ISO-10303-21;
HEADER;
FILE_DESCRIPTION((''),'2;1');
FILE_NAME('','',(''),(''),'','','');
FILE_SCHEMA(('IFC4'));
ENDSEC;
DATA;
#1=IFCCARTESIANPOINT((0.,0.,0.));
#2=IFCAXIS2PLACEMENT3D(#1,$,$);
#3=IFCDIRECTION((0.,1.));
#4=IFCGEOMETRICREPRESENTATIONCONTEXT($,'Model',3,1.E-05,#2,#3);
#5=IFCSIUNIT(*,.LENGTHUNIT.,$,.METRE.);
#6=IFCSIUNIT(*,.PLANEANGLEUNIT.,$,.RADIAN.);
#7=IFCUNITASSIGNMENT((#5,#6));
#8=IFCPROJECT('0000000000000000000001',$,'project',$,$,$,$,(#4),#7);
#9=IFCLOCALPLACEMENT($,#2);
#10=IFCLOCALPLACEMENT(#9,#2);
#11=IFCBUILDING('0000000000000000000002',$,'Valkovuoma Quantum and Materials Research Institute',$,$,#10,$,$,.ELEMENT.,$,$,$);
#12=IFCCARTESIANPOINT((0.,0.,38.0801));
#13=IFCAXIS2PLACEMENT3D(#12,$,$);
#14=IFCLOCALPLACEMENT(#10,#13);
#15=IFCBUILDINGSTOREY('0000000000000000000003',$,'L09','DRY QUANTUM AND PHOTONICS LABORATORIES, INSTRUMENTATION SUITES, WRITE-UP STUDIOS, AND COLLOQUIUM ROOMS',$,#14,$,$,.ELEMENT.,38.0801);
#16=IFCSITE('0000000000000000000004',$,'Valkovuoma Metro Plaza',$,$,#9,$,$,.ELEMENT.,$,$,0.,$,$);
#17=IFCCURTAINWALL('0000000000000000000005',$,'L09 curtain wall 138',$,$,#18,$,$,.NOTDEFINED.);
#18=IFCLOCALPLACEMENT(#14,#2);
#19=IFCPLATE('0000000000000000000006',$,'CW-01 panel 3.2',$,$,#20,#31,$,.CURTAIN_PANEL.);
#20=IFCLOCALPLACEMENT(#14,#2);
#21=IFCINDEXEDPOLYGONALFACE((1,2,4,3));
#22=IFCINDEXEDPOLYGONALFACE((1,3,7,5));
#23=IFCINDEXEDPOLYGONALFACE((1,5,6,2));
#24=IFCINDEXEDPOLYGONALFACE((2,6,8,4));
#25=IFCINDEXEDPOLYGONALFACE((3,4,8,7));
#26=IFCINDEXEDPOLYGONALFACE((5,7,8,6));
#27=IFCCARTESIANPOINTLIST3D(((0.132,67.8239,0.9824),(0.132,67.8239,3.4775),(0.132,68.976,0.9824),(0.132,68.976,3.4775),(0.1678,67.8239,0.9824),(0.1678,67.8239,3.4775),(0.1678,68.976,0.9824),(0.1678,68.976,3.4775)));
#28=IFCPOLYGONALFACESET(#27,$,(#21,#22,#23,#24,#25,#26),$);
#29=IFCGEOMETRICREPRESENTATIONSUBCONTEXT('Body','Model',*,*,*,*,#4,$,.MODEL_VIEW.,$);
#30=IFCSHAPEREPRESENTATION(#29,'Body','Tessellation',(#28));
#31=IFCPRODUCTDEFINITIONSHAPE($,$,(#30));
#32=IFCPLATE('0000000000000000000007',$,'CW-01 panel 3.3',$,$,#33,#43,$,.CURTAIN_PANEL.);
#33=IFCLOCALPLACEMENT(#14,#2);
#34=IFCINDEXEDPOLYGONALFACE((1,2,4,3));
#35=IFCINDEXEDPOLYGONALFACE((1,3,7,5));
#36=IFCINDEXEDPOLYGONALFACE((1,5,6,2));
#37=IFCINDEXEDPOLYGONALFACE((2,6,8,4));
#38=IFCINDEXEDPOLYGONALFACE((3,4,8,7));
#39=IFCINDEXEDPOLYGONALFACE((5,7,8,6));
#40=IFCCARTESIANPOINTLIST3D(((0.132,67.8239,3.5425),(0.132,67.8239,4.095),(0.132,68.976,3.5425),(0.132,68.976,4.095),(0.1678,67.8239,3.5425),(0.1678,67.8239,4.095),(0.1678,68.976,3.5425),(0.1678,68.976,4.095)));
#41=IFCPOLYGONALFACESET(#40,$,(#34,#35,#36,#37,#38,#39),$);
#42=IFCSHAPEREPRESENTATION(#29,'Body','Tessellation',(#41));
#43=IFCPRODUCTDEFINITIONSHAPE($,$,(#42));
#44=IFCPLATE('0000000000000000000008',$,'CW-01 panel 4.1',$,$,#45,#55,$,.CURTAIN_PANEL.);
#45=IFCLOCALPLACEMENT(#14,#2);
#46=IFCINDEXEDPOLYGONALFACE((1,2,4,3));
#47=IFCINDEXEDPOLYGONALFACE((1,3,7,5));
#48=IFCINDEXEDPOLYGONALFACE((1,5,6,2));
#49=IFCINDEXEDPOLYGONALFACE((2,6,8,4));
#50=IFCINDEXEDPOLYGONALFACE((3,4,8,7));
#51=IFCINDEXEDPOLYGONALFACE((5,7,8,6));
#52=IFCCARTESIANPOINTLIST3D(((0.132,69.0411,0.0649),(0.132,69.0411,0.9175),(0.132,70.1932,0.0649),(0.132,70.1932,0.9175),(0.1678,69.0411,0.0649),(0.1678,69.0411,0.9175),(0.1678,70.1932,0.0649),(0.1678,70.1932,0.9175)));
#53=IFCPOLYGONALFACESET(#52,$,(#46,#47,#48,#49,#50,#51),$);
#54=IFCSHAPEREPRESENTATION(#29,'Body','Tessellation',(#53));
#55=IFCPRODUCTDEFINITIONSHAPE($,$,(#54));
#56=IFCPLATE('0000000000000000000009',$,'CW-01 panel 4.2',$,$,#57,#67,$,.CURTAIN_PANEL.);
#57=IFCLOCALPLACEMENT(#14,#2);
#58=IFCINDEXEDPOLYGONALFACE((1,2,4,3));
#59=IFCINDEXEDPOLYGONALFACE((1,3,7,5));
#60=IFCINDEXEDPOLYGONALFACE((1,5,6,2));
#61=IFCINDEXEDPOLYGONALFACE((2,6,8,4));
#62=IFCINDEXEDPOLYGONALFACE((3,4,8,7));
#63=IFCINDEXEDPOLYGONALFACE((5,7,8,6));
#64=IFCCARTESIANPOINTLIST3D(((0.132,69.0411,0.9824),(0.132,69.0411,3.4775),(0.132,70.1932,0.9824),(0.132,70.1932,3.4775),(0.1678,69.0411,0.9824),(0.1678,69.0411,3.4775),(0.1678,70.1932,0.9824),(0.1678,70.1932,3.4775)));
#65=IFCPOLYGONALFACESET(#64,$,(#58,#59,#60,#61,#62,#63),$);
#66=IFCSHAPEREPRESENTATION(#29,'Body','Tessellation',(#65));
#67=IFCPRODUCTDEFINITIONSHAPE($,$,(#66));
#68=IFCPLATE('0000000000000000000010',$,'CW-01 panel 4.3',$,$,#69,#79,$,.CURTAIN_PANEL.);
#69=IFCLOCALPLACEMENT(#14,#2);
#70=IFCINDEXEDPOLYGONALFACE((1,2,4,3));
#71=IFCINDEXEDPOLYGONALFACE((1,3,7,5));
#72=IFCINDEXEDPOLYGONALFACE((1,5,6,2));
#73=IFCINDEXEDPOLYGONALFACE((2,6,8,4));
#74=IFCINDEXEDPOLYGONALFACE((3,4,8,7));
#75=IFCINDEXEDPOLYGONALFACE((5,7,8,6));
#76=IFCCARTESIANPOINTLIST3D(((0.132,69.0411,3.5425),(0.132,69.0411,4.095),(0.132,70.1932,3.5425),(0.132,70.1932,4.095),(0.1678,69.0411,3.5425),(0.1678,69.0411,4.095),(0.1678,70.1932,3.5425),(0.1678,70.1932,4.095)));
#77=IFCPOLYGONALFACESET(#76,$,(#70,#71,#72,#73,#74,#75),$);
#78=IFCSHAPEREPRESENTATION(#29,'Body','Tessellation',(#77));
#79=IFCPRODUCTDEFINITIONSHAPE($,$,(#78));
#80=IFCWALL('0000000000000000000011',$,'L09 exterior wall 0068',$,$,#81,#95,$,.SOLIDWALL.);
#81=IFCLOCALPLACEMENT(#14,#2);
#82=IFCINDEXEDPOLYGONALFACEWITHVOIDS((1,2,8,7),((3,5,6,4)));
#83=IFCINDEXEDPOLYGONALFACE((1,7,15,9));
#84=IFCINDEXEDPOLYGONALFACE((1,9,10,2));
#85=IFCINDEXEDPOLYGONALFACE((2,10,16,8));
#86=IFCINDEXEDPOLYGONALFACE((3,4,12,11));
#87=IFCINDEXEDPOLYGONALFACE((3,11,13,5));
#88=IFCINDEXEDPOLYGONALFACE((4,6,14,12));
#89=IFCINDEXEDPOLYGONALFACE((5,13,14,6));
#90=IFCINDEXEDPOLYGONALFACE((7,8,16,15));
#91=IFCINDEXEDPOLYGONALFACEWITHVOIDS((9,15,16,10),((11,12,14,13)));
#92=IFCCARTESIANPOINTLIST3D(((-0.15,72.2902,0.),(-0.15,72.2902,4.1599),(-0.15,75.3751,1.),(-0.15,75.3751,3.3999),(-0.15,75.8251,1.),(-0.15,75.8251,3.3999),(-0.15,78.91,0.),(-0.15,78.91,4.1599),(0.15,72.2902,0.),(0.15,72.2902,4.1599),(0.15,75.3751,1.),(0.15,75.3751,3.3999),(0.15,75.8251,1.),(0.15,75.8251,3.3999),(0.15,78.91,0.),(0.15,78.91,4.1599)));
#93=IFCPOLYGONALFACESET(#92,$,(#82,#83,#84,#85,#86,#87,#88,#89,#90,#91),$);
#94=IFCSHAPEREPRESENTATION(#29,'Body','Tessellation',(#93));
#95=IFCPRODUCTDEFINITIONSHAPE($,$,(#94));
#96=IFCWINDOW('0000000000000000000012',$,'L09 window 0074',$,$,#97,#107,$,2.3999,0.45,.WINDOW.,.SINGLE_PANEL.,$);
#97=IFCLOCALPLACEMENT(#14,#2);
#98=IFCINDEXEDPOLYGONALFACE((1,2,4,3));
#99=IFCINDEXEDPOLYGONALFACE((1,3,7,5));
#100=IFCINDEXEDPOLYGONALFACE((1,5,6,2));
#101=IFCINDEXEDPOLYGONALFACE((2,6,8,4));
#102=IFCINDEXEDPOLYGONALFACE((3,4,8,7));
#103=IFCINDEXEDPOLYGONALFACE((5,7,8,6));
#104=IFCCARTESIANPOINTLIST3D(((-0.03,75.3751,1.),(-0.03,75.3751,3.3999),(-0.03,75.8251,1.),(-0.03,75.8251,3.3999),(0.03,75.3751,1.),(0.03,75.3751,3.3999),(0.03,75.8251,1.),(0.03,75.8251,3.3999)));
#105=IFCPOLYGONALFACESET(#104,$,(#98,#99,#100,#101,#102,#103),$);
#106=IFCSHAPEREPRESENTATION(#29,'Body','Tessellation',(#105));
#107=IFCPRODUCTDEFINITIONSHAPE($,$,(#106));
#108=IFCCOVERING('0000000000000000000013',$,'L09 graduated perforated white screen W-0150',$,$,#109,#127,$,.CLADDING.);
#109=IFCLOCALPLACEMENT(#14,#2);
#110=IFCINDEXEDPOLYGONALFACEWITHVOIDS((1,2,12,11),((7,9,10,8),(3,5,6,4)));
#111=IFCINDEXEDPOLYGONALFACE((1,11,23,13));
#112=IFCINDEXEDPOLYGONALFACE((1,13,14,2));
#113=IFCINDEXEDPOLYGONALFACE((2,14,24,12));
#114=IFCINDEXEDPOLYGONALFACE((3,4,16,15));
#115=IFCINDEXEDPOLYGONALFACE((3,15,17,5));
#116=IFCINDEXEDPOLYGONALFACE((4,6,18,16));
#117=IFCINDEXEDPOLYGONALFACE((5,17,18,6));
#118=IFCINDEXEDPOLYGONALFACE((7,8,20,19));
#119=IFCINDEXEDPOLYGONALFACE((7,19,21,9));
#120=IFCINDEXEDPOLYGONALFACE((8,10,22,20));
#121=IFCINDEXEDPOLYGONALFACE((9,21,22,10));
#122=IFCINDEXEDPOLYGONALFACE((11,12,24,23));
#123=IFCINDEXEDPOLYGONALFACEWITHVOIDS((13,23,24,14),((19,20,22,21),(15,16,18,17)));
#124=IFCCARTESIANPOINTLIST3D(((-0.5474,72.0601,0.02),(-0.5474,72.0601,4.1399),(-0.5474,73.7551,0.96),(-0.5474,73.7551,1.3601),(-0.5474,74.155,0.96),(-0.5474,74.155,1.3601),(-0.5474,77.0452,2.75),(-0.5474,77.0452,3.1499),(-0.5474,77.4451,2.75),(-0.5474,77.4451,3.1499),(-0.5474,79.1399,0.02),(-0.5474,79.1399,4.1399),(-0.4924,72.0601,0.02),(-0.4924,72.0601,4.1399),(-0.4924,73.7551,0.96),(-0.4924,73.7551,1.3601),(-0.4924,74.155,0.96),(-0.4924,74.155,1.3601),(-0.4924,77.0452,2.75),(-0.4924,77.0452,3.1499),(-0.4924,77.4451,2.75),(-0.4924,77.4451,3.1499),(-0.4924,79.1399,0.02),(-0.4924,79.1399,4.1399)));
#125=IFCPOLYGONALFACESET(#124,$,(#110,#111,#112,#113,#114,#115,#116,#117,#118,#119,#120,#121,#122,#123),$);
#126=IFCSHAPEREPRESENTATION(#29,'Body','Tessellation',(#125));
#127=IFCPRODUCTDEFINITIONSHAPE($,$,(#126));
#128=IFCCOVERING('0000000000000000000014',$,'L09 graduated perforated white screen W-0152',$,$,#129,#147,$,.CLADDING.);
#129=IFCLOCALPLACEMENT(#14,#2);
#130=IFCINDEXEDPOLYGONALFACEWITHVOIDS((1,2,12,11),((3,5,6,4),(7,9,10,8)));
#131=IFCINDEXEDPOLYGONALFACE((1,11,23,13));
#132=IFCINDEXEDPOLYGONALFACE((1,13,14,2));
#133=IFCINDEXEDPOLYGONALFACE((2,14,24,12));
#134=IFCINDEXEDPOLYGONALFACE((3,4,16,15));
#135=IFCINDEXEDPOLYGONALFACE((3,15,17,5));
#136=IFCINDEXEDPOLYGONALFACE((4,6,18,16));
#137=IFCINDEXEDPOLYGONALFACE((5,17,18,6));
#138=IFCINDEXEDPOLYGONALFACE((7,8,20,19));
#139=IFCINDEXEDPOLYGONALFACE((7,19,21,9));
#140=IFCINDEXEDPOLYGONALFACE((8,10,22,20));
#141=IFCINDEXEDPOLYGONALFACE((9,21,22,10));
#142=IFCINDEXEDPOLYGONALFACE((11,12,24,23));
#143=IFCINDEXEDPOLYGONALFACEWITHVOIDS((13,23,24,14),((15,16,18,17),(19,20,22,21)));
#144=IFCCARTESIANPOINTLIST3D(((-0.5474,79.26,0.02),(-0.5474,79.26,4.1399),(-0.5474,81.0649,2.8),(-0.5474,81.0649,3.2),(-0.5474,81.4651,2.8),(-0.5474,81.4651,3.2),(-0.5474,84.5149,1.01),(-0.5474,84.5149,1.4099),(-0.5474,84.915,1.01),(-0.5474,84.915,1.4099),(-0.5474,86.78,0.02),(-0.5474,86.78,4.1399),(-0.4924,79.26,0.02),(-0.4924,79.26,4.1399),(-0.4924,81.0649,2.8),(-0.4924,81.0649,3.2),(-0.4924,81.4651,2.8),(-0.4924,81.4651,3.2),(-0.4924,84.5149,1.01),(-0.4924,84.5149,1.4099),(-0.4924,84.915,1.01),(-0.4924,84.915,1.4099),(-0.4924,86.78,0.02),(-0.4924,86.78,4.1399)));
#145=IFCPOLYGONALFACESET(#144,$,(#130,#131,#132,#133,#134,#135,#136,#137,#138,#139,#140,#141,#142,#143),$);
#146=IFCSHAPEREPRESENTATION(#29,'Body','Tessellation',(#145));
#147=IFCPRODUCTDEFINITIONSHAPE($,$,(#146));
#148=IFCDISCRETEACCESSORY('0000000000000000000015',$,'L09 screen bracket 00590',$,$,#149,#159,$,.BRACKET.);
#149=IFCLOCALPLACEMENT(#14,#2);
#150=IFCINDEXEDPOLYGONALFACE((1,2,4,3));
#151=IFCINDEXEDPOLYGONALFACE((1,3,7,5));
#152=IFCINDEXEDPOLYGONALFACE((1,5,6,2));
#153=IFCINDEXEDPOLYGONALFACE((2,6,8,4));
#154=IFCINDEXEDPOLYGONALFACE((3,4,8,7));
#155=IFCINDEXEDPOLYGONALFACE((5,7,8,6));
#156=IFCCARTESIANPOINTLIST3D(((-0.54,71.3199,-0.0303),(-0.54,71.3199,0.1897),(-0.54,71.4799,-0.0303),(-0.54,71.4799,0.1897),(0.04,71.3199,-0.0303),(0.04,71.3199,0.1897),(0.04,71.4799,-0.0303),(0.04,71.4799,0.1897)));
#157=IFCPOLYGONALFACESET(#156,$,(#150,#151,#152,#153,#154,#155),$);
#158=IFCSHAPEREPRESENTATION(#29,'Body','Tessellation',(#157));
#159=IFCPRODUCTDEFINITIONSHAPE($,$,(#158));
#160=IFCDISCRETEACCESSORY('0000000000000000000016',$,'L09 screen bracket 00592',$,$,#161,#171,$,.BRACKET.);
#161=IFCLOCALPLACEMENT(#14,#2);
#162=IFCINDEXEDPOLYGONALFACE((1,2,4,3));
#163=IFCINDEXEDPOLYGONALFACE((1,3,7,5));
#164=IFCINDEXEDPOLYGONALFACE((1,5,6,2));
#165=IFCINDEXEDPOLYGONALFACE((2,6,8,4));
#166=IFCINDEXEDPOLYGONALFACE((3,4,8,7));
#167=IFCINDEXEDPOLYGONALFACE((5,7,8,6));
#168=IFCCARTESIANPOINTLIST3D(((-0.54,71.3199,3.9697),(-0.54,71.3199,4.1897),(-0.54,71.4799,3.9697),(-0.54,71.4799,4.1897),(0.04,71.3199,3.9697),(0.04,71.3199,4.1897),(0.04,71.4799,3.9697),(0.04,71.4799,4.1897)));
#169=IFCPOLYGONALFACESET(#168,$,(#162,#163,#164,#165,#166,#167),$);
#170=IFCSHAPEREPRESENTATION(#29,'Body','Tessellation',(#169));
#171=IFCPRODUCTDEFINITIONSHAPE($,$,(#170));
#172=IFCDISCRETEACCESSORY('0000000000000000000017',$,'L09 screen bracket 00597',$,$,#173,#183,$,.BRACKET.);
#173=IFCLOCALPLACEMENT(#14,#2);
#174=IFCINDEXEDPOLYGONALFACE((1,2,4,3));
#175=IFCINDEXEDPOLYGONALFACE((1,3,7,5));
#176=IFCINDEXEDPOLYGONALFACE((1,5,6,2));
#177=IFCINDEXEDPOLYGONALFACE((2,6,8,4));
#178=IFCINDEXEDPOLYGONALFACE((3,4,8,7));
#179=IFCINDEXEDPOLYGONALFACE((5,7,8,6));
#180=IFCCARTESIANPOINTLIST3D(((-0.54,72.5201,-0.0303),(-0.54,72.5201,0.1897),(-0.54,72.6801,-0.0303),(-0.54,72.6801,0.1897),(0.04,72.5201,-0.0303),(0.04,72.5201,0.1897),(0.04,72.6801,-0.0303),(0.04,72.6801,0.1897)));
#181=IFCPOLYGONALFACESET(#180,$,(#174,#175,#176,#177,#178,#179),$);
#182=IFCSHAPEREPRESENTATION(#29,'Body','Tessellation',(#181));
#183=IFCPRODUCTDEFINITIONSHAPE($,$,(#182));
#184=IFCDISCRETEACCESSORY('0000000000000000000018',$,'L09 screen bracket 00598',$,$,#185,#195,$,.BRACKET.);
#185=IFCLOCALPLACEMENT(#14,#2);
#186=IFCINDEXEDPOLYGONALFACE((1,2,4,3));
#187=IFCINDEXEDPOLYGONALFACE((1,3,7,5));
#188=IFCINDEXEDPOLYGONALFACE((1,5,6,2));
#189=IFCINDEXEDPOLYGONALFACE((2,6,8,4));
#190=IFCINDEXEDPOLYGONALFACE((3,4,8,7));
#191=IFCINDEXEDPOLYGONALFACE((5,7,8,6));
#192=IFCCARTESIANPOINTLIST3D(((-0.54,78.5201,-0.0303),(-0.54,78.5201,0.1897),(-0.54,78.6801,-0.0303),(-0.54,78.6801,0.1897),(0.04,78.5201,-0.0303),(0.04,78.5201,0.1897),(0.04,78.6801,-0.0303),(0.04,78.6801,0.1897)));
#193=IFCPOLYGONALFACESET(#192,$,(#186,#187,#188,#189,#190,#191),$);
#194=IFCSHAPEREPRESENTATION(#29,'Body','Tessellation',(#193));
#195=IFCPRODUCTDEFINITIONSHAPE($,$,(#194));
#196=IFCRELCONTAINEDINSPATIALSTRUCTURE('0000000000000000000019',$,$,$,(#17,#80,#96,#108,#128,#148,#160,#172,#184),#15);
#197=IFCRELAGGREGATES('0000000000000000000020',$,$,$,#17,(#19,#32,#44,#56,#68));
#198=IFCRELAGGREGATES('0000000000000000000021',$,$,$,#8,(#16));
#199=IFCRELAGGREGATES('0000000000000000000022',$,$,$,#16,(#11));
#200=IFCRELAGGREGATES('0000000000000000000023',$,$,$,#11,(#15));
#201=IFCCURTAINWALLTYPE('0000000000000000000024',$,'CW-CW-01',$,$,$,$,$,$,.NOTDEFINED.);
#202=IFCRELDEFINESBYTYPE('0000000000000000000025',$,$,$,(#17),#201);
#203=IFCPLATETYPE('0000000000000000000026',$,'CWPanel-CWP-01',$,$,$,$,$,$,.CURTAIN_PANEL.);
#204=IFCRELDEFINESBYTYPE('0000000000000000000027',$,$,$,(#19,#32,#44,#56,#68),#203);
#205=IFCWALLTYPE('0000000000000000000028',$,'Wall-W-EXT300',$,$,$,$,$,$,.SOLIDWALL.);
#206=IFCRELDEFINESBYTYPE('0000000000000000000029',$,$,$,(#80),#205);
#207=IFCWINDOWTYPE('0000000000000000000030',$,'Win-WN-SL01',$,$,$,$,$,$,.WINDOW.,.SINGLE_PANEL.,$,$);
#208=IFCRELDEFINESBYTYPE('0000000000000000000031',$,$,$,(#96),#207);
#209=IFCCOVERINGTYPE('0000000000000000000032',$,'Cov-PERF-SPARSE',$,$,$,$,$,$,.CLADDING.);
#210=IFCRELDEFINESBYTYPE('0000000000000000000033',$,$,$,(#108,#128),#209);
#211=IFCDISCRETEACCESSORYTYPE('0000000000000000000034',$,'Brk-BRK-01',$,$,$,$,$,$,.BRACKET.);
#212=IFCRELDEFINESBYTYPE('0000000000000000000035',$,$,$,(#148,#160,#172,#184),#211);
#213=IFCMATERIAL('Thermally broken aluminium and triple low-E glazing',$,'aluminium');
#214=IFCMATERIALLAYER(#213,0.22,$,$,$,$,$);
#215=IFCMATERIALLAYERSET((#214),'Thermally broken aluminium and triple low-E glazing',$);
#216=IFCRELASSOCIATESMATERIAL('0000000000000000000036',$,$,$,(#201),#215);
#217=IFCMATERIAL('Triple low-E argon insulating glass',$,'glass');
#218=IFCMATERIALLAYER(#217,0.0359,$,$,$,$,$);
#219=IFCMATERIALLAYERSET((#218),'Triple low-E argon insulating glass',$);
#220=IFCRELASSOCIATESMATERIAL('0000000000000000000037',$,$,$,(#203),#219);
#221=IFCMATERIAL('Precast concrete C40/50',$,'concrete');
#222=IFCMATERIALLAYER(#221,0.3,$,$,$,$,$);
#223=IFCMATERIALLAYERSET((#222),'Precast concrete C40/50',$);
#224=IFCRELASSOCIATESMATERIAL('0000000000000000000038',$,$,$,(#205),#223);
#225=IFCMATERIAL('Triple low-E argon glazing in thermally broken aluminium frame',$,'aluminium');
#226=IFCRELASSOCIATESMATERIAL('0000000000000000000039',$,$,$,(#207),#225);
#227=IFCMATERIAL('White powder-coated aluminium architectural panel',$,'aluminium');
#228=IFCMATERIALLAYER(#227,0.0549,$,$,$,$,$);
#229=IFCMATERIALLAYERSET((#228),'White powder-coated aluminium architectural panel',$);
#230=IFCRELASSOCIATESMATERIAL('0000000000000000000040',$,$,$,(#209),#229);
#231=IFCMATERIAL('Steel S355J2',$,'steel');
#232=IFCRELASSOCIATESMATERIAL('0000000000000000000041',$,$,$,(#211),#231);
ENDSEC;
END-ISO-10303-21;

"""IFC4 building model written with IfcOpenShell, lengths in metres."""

from ifc_helpers import new_model, si_unit, direction, frame, frame_2d, origin, origin_2d, place, context, subcontext, project, spatial, polyline, rectangle, outline, extrude, material, layer, layer_set, type_object, element, fill, aggregate, save


model = new_model("IFC4")

# Units and contexts
model_context = context("Model", 3, precision=1e-05, world=origin(), true_north=direction((0.0, 1.0)))
body_context = subcontext(model_context, "Body", "Model", "MODEL_VIEW")
ifc_project = project(units=[si_unit("LENGTHUNIT", "METRE"), si_unit("PLANEANGLEUNIT", "RADIAN")], contexts=[model_context])

# Site, building, storey
site_placement = place(None, origin())
site = spatial("IfcSite", under=ifc_project, at=site_placement, Name="Valkovuoma Metro Plaza", CompositionType="ELEMENT", RefElevation=0.0)
building_placement = place(site_placement, origin())
building = spatial("IfcBuilding", under=site, at=building_placement, Name="Valkovuoma Quantum and Materials Research Institute", CompositionType="ELEMENT")
storey_placement = place(building_placement, frame((0.0, 0.0, 38.0801)))
storey = spatial("IfcBuildingStorey", under=building, at=storey_placement, Name="L09", Description="DRY QUANTUM AND PHOTONICS LABORATORIES, INSTRUMENTATION SUITES, WRITE-UP STUDIOS, AND COLLOQUIUM ROOMS", CompositionType="ELEMENT", Elevation=38.0801)

# Curtain wall, plates
ifc_material_1 = material(Name="Thermally broken aluminium and triple low-E glazing", Category="aluminium")
ifc_layer_1 = layer(ifc_material_1, 0.22)
ifc_layer_set_1 = layer_set([ifc_layer_1], Name="Thermally broken aluminium and triple low-E glazing")
curtain_wall_type = type_object("IfcCurtainWallType", Name="CW-CW-01", PredefinedType="NOTDEFINED", material=ifc_layer_set_1)
curtain_wall_placement = place(storey_placement, origin())
curtain_wall = element("IfcCurtainWall", 1, at=curtain_wall_placement, inside=storey, type_object=curtain_wall_type, Name="L09 curtain wall 138", PredefinedType="NOTDEFINED")
ifc_material_2 = material(Name="Triple low-E argon insulating glass", Category="glass")
ifc_layer_2 = layer(ifc_material_2, 0.0359)
ifc_layer_set_2 = layer_set([ifc_layer_2], Name="Triple low-E argon insulating glass")
plate_type = type_object("IfcPlateType", Name="CWPanel-CWP-01", PredefinedType="CURTAIN_PANEL", material=ifc_layer_set_2)
plate_1_placement = place(storey_placement, frame((0.1499, 68.3999, 0.9824), z_axis=(0.0, 0.0, 1.0), x_axis=(0.0, 1.0, 0.0)))
plate_1 = element("IfcPlate", 2, at=plate_1_placement, type_object=plate_type, Name="CW-01 panel 3.2", PredefinedType="CURTAIN_PANEL", context=body_context, shape_type="SweptSolid", body=[
    extrude(rectangle(XDim=1.1521, YDim=0.0359, at=origin_2d()), origin(), (0.0, 0.0, 1.0), 2.4951),
])
plate_2_placement = place(storey_placement, frame((0.1499, 68.3999, 3.5425), z_axis=(0.0, 0.0, 1.0), x_axis=(0.0, 1.0, 0.0)))
plate_2 = element("IfcPlate", 3, at=plate_2_placement, type_object=plate_type, Name="CW-01 panel 3.3", PredefinedType="CURTAIN_PANEL", context=body_context, shape_type="SweptSolid", body=[
    extrude(rectangle(XDim=1.1521, YDim=0.0359, at=origin_2d()), origin(), (0.0, 0.0, 1.0), 0.5525),
])
plate_3_placement = place(storey_placement, frame((0.1499, 69.6172, 0.0649), z_axis=(0.0, 0.0, 1.0), x_axis=(0.0, 1.0, 0.0)))
plate_3 = element("IfcPlate", 4, at=plate_3_placement, type_object=plate_type, Name="CW-01 panel 4.1", PredefinedType="CURTAIN_PANEL", context=body_context, shape_type="SweptSolid", body=[
    extrude(rectangle(XDim=1.1521, YDim=0.0359, at=origin_2d()), origin(), (0.0, 0.0, 1.0), 0.8525),
])
plate_4_placement = place(storey_placement, frame((0.1499, 69.6172, 0.9824), z_axis=(0.0, 0.0, 1.0), x_axis=(0.0, 1.0, 0.0)))
plate_4 = element("IfcPlate", 5, at=plate_4_placement, type_object=plate_type, Name="CW-01 panel 4.2", PredefinedType="CURTAIN_PANEL", context=body_context, shape_type="SweptSolid", body=[
    extrude(rectangle(XDim=1.1521, YDim=0.0359, at=origin_2d()), origin(), (0.0, 0.0, 1.0), 2.4951),
])
plate_5_placement = place(storey_placement, frame((0.1499, 69.6172, 3.5425), z_axis=(0.0, 0.0, 1.0), x_axis=(0.0, 1.0, 0.0)))
plate_5 = element("IfcPlate", 6, at=plate_5_placement, type_object=plate_type, Name="CW-01 panel 4.3", PredefinedType="CURTAIN_PANEL", context=body_context, shape_type="SweptSolid", body=[
    extrude(rectangle(XDim=1.1521, YDim=0.0359, at=origin_2d()), origin(), (0.0, 0.0, 1.0), 0.5525),
])
aggregate(curtain_wall, [plate_1, plate_2, plate_3, plate_4, plate_5])

# Wall, opening, window
ifc_material_3 = material(Name="Precast concrete C40/50", Category="concrete")
ifc_layer_3 = layer(ifc_material_3, 0.3)
ifc_layer_set_3 = layer_set([ifc_layer_3], Name="Precast concrete C40/50")
wall_type = type_object("IfcWallType", Name="Wall-W-EXT300", PredefinedType="SOLIDWALL", material=ifc_layer_set_3)
wall_placement = place(storey_placement, frame((0.0, 72.29, 0.0), z_axis=(0.0, 0.0, 1.0), x_axis=(0.0, 1.0, 0.0)))
wall = element("IfcWall", 7, at=wall_placement, inside=storey, type_object=wall_type, Name="L09 exterior wall 0068", PredefinedType="SOLIDWALL", context=body_context, shape_type="SweptSolid", body=[
    extrude(rectangle(XDim=6.6199, YDim=0.3, at=frame_2d((3.3101, 0.0))), origin(), (0.0, 0.0, 1.0), 4.1599),
])
opening_placement = place(wall_placement, frame((3.085, 0.0, 1.0)))
opening = element("IfcOpeningElement", 8, at=opening_placement, cuts=wall, PredefinedType="OPENING", context=body_context, shape_type="SweptSolid", body=[
    extrude(rectangle(XDim=0.45, YDim=2.3999, at=frame_2d((0.2251, 1.2))), frame((0.0, 0.1602, 0.0), z_axis=(0.0, -1.0, 0.0), x_axis=(1.0, 0.0, 0.0)), (0.0, 0.0, 1.0), 0.3201),
])
ifc_material_4 = material(Name="Triple low-E argon glazing in thermally broken aluminium frame", Category="aluminium")
window_type = type_object("IfcWindowType", Name="Win-WN-SL01", PartitioningType="SINGLE_PANEL", PredefinedType="WINDOW", material=ifc_material_4)
window_placement = place(opening_placement, origin())
window = element("IfcWindow", 9, at=window_placement, inside=storey, type_object=window_type, Name="L09 window 0074", OverallHeight=2.3999, OverallWidth=0.45, PartitioningType="SINGLE_PANEL", PredefinedType="WINDOW", context=body_context, shape_type="SweptSolid", body=[
    extrude(rectangle(XDim=0.45, YDim=2.3999, at=frame_2d((0.2251, 1.2))), frame((0.0, 0.03, 0.0), z_axis=(0.0, -1.0, 0.0), x_axis=(1.0, 0.0, 0.0)), (0.0, 0.0, 1.0), 0.0601),
])
fill(opening, window)

# Coverings
ifc_material_5 = material(Name="White powder-coated aluminium architectural panel", Category="aluminium")
ifc_layer_4 = layer(ifc_material_5, 0.0549)
ifc_layer_set_4 = layer_set([ifc_layer_4], Name="White powder-coated aluminium architectural panel")
covering_type = type_object("IfcCoveringType", Name="Cov-PERF-SPARSE", PredefinedType="CLADDING", material=ifc_layer_set_4)
covering_1_placement = place(storey_placement, frame((-0.52, 72.0601, 0.02), z_axis=(0.0, 0.0, 1.0), x_axis=(0.0, 1.0, 0.0)))
element("IfcCovering", 10, at=covering_1_placement, inside=storey, type_object=covering_type, Name="L09 graduated perforated white screen W-0150", PredefinedType="CLADDING", context=body_context, shape_type="SweptSolid", body=[
    extrude(outline(polyline([(0.0, 0.0), (7.0798, 0.0), (7.0798, 4.1199), (0.0, 4.1199), (0.0, 0.0)]), holes=[polyline([(1.6951, 0.9399), (1.6951, 1.3401), (2.095, 1.3401), (2.095, 0.9399), (1.6951, 0.9399)]), polyline([(4.9851, 2.73), (4.9851, 3.1299), (5.385, 3.1299), (5.385, 2.73), (4.9851, 2.73)])]), frame((0.0, 0.0273, 0.0), z_axis=(0.0, -1.0, 0.0), x_axis=(1.0, 0.0, 0.0)), (0.0, 0.0, 1.0), 0.0549),
])
covering_2_placement = place(storey_placement, frame((-0.52, 79.26, 0.02), z_axis=(0.0, 0.0, 1.0), x_axis=(0.0, 1.0, 0.0)))
element("IfcCovering", 11, at=covering_2_placement, inside=storey, type_object=covering_type, Name="L09 graduated perforated white screen W-0152", PredefinedType="CLADDING", context=body_context, shape_type="SweptSolid", body=[
    extrude(outline(polyline([(0.0, 0.0), (7.52, 0.0), (7.52, 4.1199), (0.0, 4.1199), (0.0, 0.0)]), holes=[polyline([(1.8049, 2.78), (1.8049, 3.1799), (2.2051, 3.1799), (2.2051, 2.78), (1.8049, 2.78)]), polyline([(5.2549, 0.99), (5.2549, 1.3899), (5.655, 1.3899), (5.655, 0.99), (5.2549, 0.99)])]), frame((0.0, 0.0273, 0.0), z_axis=(0.0, -1.0, 0.0), x_axis=(1.0, 0.0, 0.0)), (0.0, 0.0, 1.0), 0.0549),
])

# Discrete accessories
ifc_material_6 = material(Name="Steel S355J2", Category="steel")
discrete_accessory_type = type_object("IfcDiscreteAccessoryType", Name="Brk-BRK-01", PredefinedType="BRACKET", material=ifc_material_6)
for number, where, z_axis, x_axis, name in (
    (12, (-0.25, 71.3999, -0.0303), (0.0, 0.0, 1.0), (1.0, 0.0, 0.0), "L09 screen bracket 00590"),
    (13, (-0.25, 71.3999, 3.9697), (0.0, 0.0, 1.0), (1.0, 0.0, 0.0), "L09 screen bracket 00592"),
    (14, (-0.25, 72.6001, -0.0303), (0.0, 0.0, 1.0), (1.0, 0.0, 0.0), "L09 screen bracket 00597"),
    (15, (-0.25, 78.6001, -0.0303), (0.0, 0.0, 1.0), (1.0, 0.0, 0.0), "L09 screen bracket 00598"),
):
    element("IfcDiscreteAccessory", number, at=place(storey_placement, frame(where, z_axis=z_axis, x_axis=x_axis)), inside=storey, type_object=discrete_accessory_type, Name=name, PredefinedType="BRACKET", context=body_context, shape_type="SweptSolid", body=[
        extrude(rectangle(XDim=0.5801, YDim=0.1599, at=origin_2d()), origin(), (0.0, 0.0, 1.0), 0.22),
    ])

save(model, "model.ifc")
